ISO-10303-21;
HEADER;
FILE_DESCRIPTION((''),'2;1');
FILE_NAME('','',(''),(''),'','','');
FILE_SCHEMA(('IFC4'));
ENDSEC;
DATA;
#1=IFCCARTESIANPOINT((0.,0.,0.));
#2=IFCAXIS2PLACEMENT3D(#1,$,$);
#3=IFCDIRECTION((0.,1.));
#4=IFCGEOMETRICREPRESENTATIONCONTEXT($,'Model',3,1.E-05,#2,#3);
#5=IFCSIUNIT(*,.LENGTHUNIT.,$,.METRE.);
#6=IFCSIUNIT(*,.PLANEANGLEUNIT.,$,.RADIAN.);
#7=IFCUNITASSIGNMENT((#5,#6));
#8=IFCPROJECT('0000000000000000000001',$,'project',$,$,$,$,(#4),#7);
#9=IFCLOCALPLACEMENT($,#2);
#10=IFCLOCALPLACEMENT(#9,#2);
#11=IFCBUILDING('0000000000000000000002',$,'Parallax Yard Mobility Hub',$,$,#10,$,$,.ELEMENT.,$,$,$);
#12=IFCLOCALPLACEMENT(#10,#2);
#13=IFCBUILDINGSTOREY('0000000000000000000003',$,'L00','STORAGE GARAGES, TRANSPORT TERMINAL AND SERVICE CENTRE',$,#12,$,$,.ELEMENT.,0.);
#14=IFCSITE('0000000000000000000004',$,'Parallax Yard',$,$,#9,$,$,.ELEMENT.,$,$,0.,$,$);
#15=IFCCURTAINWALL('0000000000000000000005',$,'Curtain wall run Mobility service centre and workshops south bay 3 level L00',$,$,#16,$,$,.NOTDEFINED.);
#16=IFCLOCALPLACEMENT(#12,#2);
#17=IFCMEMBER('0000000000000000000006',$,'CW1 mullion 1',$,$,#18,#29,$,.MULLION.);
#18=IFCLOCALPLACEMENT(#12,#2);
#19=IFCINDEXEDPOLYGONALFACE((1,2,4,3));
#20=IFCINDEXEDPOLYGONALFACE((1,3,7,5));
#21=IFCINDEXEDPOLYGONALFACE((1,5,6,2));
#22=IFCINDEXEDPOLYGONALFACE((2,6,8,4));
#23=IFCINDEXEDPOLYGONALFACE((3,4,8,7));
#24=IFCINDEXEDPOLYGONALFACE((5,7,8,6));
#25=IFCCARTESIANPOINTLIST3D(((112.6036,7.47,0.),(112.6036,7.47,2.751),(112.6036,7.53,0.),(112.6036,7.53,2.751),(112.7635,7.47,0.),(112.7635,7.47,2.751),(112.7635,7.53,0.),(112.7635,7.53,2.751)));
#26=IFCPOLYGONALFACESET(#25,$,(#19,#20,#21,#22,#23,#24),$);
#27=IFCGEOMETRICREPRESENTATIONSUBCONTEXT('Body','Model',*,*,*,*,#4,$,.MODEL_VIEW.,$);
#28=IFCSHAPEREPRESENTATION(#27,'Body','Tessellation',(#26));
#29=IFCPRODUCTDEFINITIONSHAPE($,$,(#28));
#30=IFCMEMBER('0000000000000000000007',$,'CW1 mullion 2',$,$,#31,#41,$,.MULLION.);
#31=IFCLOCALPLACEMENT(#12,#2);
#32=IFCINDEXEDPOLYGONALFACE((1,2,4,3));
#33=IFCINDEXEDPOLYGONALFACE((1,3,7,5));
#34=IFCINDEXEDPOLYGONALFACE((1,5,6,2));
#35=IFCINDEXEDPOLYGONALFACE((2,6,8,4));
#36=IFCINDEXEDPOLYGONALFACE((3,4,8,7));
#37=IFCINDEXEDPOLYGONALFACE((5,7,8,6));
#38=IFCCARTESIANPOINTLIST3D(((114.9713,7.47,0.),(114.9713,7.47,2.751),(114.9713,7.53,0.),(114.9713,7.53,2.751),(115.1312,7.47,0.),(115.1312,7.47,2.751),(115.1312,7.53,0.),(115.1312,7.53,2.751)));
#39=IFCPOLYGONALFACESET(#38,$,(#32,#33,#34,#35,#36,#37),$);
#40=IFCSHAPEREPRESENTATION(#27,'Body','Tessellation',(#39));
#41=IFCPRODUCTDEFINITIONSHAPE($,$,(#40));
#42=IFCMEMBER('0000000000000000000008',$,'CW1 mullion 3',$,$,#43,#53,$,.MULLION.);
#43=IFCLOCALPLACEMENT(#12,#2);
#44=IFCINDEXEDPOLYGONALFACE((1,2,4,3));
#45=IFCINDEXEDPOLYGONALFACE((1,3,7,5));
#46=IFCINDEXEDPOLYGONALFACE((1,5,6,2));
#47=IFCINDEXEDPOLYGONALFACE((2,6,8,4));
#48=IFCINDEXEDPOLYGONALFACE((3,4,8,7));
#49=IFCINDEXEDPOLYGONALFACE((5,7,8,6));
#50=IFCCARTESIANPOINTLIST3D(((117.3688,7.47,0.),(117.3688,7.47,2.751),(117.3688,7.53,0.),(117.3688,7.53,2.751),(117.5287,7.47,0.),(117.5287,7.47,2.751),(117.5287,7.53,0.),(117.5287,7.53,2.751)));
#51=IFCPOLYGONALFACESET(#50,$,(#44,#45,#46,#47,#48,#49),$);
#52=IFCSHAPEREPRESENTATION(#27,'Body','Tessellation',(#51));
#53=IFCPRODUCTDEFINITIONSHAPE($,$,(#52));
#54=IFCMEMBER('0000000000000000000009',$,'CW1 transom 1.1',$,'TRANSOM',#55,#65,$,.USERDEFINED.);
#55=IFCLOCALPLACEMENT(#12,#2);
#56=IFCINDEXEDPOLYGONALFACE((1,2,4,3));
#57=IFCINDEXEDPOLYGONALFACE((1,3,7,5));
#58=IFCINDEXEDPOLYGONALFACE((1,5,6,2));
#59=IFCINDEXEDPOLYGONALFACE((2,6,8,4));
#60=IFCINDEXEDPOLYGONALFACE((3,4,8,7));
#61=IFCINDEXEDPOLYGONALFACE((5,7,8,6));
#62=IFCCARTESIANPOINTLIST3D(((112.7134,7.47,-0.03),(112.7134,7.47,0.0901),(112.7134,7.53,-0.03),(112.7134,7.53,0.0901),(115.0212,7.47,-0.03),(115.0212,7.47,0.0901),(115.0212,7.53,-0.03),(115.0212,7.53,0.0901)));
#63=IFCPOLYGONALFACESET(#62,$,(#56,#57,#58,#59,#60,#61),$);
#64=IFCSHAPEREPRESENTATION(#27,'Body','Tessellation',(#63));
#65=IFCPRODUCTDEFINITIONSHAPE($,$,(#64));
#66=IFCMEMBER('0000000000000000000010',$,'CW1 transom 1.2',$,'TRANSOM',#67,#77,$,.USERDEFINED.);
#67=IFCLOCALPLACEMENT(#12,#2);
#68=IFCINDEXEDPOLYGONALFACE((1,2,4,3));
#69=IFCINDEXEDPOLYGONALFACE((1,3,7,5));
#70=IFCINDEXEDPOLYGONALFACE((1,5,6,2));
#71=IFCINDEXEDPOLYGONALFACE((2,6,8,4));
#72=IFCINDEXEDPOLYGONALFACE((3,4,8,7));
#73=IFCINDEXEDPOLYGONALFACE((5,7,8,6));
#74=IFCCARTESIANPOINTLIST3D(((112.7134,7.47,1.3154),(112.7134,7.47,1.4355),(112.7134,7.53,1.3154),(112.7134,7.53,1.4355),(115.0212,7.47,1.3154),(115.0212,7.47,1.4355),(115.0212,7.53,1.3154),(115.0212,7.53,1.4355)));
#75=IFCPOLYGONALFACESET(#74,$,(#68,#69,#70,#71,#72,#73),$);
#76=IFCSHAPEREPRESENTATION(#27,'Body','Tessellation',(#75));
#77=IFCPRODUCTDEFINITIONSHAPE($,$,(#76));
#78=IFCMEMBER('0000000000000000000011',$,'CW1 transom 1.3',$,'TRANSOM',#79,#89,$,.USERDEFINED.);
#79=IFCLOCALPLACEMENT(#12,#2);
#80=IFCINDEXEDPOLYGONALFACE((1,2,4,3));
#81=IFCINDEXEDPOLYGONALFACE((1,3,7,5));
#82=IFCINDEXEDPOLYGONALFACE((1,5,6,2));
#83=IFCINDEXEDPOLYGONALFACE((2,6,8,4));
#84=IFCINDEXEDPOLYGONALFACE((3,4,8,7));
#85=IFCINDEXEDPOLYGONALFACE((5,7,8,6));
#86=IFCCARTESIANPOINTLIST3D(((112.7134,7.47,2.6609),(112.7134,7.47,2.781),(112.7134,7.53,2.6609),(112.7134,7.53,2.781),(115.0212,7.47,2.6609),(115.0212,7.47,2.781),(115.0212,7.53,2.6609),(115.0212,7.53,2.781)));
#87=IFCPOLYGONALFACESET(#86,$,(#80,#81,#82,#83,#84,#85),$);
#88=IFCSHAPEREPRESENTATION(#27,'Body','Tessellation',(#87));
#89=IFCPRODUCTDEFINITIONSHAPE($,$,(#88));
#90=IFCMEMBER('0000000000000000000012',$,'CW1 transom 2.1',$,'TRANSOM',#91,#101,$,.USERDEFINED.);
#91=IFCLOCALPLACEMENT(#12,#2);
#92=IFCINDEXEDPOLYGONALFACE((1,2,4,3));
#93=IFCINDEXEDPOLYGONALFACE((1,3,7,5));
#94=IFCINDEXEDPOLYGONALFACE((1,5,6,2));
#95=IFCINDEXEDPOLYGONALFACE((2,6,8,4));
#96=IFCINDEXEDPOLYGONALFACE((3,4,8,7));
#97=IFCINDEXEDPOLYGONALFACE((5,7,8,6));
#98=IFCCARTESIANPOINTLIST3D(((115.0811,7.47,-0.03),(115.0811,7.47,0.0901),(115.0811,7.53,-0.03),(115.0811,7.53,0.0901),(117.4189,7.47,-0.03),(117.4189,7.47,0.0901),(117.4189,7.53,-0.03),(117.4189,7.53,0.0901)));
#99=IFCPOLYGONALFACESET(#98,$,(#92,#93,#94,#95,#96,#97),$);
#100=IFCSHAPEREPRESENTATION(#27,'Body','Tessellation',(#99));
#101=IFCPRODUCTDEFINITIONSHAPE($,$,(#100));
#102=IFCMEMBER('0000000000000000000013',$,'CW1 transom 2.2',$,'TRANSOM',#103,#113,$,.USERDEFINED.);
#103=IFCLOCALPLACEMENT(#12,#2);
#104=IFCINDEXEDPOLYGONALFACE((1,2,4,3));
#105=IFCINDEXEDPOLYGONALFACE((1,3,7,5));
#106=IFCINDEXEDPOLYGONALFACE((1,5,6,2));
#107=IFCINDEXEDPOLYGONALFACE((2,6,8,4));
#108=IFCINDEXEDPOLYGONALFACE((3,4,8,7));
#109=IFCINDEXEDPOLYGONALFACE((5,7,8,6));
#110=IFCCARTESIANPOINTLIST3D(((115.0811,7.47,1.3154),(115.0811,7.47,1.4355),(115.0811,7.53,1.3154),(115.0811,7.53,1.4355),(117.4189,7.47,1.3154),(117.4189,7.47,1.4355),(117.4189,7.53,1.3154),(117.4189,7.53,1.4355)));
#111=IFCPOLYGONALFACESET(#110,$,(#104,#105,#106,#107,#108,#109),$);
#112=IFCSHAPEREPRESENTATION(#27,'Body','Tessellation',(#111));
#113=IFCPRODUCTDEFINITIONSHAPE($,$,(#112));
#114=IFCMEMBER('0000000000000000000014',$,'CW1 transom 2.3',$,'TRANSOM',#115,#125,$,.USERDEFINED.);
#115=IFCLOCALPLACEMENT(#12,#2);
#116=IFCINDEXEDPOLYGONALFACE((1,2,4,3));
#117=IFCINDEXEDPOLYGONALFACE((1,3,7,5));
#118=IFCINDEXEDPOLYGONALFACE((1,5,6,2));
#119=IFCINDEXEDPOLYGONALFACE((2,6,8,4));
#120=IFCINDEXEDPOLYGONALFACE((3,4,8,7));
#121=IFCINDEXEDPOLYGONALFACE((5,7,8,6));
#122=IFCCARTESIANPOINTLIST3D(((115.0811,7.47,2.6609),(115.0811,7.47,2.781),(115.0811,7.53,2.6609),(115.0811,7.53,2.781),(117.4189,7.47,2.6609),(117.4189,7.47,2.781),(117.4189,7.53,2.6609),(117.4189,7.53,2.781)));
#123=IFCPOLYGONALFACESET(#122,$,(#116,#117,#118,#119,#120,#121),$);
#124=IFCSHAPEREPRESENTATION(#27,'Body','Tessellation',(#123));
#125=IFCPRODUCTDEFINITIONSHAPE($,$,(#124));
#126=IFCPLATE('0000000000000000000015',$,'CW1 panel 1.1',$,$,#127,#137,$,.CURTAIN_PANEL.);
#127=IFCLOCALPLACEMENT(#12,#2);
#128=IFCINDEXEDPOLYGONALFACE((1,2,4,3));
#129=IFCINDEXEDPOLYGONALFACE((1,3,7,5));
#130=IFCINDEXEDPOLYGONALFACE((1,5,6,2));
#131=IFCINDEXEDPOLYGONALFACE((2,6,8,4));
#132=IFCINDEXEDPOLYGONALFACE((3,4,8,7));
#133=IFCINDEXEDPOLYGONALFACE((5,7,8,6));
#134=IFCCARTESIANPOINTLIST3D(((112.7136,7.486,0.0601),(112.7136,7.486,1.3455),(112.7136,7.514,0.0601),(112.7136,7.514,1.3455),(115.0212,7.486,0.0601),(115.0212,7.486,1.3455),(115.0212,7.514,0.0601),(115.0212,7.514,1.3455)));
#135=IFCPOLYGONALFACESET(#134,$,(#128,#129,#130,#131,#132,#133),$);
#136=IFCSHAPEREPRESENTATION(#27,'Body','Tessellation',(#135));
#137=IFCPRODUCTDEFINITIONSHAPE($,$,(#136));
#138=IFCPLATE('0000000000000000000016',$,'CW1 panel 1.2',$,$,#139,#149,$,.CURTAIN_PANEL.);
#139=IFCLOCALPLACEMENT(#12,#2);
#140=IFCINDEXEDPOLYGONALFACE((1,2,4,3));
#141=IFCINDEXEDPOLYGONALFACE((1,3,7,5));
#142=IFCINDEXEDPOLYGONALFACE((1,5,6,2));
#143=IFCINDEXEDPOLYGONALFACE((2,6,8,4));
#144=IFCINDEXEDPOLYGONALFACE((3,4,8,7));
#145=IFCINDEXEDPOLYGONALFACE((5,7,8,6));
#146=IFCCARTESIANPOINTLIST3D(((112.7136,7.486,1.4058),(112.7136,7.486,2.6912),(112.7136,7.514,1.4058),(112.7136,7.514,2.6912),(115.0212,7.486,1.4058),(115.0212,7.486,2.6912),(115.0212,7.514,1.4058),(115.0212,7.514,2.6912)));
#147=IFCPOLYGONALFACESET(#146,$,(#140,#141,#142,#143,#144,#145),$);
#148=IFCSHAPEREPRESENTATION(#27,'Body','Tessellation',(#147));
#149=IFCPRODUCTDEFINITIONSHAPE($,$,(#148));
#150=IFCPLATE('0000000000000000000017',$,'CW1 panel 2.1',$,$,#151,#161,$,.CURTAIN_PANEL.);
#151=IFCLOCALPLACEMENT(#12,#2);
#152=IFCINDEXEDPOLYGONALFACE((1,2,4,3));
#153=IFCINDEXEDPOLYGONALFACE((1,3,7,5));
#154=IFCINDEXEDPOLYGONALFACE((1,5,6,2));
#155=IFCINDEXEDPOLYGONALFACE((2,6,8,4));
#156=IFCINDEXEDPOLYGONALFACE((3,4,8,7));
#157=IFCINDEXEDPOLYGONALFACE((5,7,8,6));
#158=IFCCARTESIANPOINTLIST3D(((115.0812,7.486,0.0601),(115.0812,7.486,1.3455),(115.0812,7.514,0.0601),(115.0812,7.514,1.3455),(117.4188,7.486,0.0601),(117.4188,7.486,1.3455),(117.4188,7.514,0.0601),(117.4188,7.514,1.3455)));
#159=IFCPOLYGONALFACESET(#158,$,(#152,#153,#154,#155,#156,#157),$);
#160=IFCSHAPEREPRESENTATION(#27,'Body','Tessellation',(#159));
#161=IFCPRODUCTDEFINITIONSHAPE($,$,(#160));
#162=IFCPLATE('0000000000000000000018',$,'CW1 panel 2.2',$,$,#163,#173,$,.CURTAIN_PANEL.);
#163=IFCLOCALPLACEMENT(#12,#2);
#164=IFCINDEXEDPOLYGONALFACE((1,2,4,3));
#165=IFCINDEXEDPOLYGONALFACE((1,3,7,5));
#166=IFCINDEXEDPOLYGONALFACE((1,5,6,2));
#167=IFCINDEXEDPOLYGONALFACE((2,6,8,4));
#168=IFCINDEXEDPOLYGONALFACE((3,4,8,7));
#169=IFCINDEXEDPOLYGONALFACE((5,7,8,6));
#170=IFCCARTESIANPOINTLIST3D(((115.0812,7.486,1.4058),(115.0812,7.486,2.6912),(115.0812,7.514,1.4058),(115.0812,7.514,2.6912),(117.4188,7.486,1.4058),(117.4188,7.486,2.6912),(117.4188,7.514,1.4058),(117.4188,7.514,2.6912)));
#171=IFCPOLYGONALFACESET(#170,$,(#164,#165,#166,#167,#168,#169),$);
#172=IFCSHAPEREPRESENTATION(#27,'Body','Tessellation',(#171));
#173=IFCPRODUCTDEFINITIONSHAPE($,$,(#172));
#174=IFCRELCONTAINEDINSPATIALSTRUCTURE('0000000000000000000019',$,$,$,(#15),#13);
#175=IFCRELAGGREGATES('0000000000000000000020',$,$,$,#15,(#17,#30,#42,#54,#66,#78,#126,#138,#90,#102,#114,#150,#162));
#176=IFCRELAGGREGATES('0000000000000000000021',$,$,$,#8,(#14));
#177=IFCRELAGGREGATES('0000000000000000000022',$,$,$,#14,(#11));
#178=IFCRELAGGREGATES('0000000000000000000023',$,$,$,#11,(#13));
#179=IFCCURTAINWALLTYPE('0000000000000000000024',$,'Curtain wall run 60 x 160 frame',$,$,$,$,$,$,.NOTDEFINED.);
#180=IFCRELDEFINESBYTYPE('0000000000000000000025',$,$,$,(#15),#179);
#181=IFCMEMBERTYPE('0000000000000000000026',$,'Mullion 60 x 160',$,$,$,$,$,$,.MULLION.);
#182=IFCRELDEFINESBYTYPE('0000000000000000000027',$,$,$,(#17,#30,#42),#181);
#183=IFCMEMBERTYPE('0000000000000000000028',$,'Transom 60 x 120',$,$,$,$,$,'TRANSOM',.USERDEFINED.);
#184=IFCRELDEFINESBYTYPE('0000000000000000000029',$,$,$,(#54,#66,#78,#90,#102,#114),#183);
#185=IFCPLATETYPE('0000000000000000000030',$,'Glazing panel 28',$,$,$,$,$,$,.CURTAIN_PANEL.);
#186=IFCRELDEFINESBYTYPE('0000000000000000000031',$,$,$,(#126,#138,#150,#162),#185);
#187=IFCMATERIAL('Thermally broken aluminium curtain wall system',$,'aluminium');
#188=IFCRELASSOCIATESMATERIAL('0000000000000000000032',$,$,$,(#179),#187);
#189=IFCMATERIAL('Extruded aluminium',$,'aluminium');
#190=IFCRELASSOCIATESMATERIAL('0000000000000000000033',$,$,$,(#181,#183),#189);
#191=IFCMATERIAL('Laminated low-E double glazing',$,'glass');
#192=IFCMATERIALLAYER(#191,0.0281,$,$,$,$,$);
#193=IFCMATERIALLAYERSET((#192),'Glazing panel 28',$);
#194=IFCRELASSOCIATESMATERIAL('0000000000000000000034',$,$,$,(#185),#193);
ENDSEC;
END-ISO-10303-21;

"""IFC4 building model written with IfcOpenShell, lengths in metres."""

from ifc_helpers import new_model, si_unit, direction, frame, origin, origin_2d, place, context, subcontext, project, spatial, rectangle, extrude, material, layer, layer_set, material_profile, profile_set, type_object, element, aggregate, save


model = new_model("IFC4")

# Units and contexts
model_context = context("Model", 3, precision=1e-05, world=origin(), true_north=direction((0.0, 1.0)))
body_context = subcontext(model_context, "Body", "Model", "MODEL_VIEW")
ifc_project = project(units=[si_unit("LENGTHUNIT", "METRE"), si_unit("PLANEANGLEUNIT", "RADIAN")], contexts=[model_context])

# Site, building, storey
site_placement = place(None, origin())
site = spatial("IfcSite", under=ifc_project, at=site_placement, Name="Parallax Yard", CompositionType="ELEMENT", RefElevation=0.0)
building_placement = place(site_placement, origin())
building = spatial("IfcBuilding", under=site, at=building_placement, Name="Parallax Yard Mobility Hub", CompositionType="ELEMENT")
storey_placement = place(building_placement, origin())
storey = spatial("IfcBuildingStorey", under=building, at=storey_placement, Name="L00", Description="STORAGE GARAGES, TRANSPORT TERMINAL AND SERVICE CENTRE", CompositionType="ELEMENT", Elevation=0.0)

# Curtain wall, members, plates
ifc_material_1 = material(Name="Thermally broken aluminium curtain wall system", Category="aluminium")
curtain_wall_type = type_object("IfcCurtainWallType", Name="Curtain wall run 60 x 160 frame", PredefinedType="NOTDEFINED", material=ifc_material_1)
curtain_wall_placement = place(storey_placement, origin())
curtain_wall = element("IfcCurtainWall", 1, at=curtain_wall_placement, inside=storey, type_object=curtain_wall_type, Name="Curtain wall run Mobility service centre and workshops south bay 3 level L00", PredefinedType="NOTDEFINED")
ifc_material_2 = material(Name="Extruded aluminium", Category="aluminium")
ifc_material_profile_1 = material_profile(ifc_material_2, rectangle(XDim=0.0601, YDim=0.1599, at=origin_2d()), Name="Mullion 60 x 160")
ifc_profile_set_1 = profile_set([ifc_material_profile_1], Name="Extruded aluminium")
member_type_1 = type_object("IfcMemberType", Name="Mullion 60 x 160", PredefinedType="MULLION", material=ifc_profile_set_1)
member_1_placement = place(storey_placement, frame((112.6836, 7.5, 0.0), z_axis=(0.0, 0.0, 1.0), x_axis=(0.0, 1.0, 0.0)))
member_1 = element("IfcMember", 2, at=member_1_placement, type_object=member_type_1, Name="CW1 mullion 1", PredefinedType="MULLION", context=body_context, shape_type="SweptSolid", body=[
    extrude(rectangle(XDim=0.0601, YDim=0.1599, at=origin_2d()), origin(), (0.0, 0.0, 1.0), 2.751),
])
member_2_placement = place(storey_placement, frame((115.0513, 7.5, 0.0), z_axis=(0.0, 0.0, 1.0), x_axis=(0.0, 1.0, 0.0)))
member_2 = element("IfcMember", 3, at=member_2_placement, type_object=member_type_1, Name="CW1 mullion 2", PredefinedType="MULLION", context=body_context, shape_type="SweptSolid", body=[
    extrude(rectangle(XDim=0.0601, YDim=0.1599, at=origin_2d()), origin(), (0.0, 0.0, 1.0), 2.751),
])
member_3_placement = place(storey_placement, frame((117.4487, 7.5, 0.0), z_axis=(0.0, 0.0, 1.0), x_axis=(0.0, 1.0, 0.0)))
member_3 = element("IfcMember", 4, at=member_3_placement, type_object=member_type_1, Name="CW1 mullion 3", PredefinedType="MULLION", context=body_context, shape_type="SweptSolid", body=[
    extrude(rectangle(XDim=0.0601, YDim=0.1599, at=origin_2d()), origin(), (0.0, 0.0, 1.0), 2.751),
])
ifc_material_profile_2 = material_profile(ifc_material_2, rectangle(XDim=0.0601, YDim=0.1201, at=origin_2d()), Name="Transom 60 x 120")
ifc_profile_set_2 = profile_set([ifc_material_profile_2], Name="Extruded aluminium")
member_type_2 = type_object("IfcMemberType", Name="Transom 60 x 120", ElementType="TRANSOM", PredefinedType="USERDEFINED", material=ifc_profile_set_2)
member_4_placement = place(storey_placement, frame((112.7134, 7.5, 0.03), z_axis=(1.0, 0.0, 0.0), x_axis=(0.0, 1.0, 0.0)))
member_4 = element("IfcMember", 5, at=member_4_placement, type_object=member_type_2, Name="CW1 transom 1.1", ObjectType="TRANSOM", PredefinedType="USERDEFINED", context=body_context, shape_type="SweptSolid", body=[
    extrude(rectangle(XDim=0.0601, YDim=0.1201, at=origin_2d()), origin(), (0.0, 0.0, 1.0), 2.3079),
])
member_5_placement = place(storey_placement, frame((112.7134, 7.5, 1.3755), z_axis=(1.0, 0.0, 0.0), x_axis=(0.0, 1.0, 0.0)))
member_5 = element("IfcMember", 6, at=member_5_placement, type_object=member_type_2, Name="CW1 transom 1.2", ObjectType="TRANSOM", PredefinedType="USERDEFINED", context=body_context, shape_type="SweptSolid", body=[
    extrude(rectangle(XDim=0.0601, YDim=0.1201, at=origin_2d()), origin(), (0.0, 0.0, 1.0), 2.3079),
])
member_6_placement = place(storey_placement, frame((112.7134, 7.5, 2.7209), z_axis=(1.0, 0.0, 0.0), x_axis=(0.0, 1.0, 0.0)))
member_6 = element("IfcMember", 7, at=member_6_placement, type_object=member_type_2, Name="CW1 transom 1.3", ObjectType="TRANSOM", PredefinedType="USERDEFINED", context=body_context, shape_type="SweptSolid", body=[
    extrude(rectangle(XDim=0.0601, YDim=0.1201, at=origin_2d()), origin(), (0.0, 0.0, 1.0), 2.3079),
])
member_7_placement = place(storey_placement, frame((115.0811, 7.5, 0.03), z_axis=(1.0, 0.0, 0.0), x_axis=(0.0, 1.0, 0.0)))
member_7 = element("IfcMember", 8, at=member_7_placement, type_object=member_type_2, Name="CW1 transom 2.1", ObjectType="TRANSOM", PredefinedType="USERDEFINED", context=body_context, shape_type="SweptSolid", body=[
    extrude(rectangle(XDim=0.0601, YDim=0.1201, at=origin_2d()), origin(), (0.0, 0.0, 1.0), 2.3379),
])
member_8_placement = place(storey_placement, frame((115.0811, 7.5, 1.3755), z_axis=(1.0, 0.0, 0.0), x_axis=(0.0, 1.0, 0.0)))
member_8 = element("IfcMember", 9, at=member_8_placement, type_object=member_type_2, Name="CW1 transom 2.2", ObjectType="TRANSOM", PredefinedType="USERDEFINED", context=body_context, shape_type="SweptSolid", body=[
    extrude(rectangle(XDim=0.0601, YDim=0.1201, at=origin_2d()), origin(), (0.0, 0.0, 1.0), 2.3379),
])
member_9_placement = place(storey_placement, frame((115.0811, 7.5, 2.7209), z_axis=(1.0, 0.0, 0.0), x_axis=(0.0, 1.0, 0.0)))
member_9 = element("IfcMember", 10, at=member_9_placement, type_object=member_type_2, Name="CW1 transom 2.3", ObjectType="TRANSOM", PredefinedType="USERDEFINED", context=body_context, shape_type="SweptSolid", body=[
    extrude(rectangle(XDim=0.0601, YDim=0.1201, at=origin_2d()), origin(), (0.0, 0.0, 1.0), 2.3379),
])
ifc_material_3 = material(Name="Laminated low-E double glazing", Category="glass")
ifc_layer = layer(ifc_material_3, 0.0281)
ifc_layer_set = layer_set([ifc_layer], Name="Glazing panel 28")
plate_type = type_object("IfcPlateType", Name="Glazing panel 28", PredefinedType="CURTAIN_PANEL", material=ifc_layer_set)
plate_1_placement = place(storey_placement, frame((113.8674, 7.5, 0.0601), z_axis=(0.0, 0.0, 1.0), x_axis=(1.0, 0.0, 0.0)))
plate_1 = element("IfcPlate", 11, at=plate_1_placement, type_object=plate_type, Name="CW1 panel 1.1", PredefinedType="CURTAIN_PANEL", context=body_context, shape_type="SweptSolid", body=[
    extrude(rectangle(XDim=2.3076, YDim=0.0281, at=origin_2d()), origin(), (0.0, 0.0, 1.0), 1.2854),
])
plate_2_placement = place(storey_placement, frame((113.8674, 7.5, 1.4058), z_axis=(0.0, 0.0, 1.0), x_axis=(1.0, 0.0, 0.0)))
plate_2 = element("IfcPlate", 12, at=plate_2_placement, type_object=plate_type, Name="CW1 panel 1.2", PredefinedType="CURTAIN_PANEL", context=body_context, shape_type="SweptSolid", body=[
    extrude(rectangle(XDim=2.3076, YDim=0.0281, at=origin_2d()), origin(), (0.0, 0.0, 1.0), 1.2854),
])
plate_3_placement = place(storey_placement, frame((116.25, 7.5, 0.0601), z_axis=(0.0, 0.0, 1.0), x_axis=(1.0, 0.0, 0.0)))
plate_3 = element("IfcPlate", 13, at=plate_3_placement, type_object=plate_type, Name="CW1 panel 2.1", PredefinedType="CURTAIN_PANEL", context=body_context, shape_type="SweptSolid", body=[
    extrude(rectangle(XDim=2.3376, YDim=0.0281, at=origin_2d()), origin(), (0.0, 0.0, 1.0), 1.2854),
])
plate_4_placement = place(storey_placement, frame((116.25, 7.5, 1.4058), z_axis=(0.0, 0.0, 1.0), x_axis=(1.0, 0.0, 0.0)))
plate_4 = element("IfcPlate", 14, at=plate_4_placement, type_object=plate_type, Name="CW1 panel 2.2", PredefinedType="CURTAIN_PANEL", context=body_context, shape_type="SweptSolid", body=[
    extrude(rectangle(XDim=2.3376, YDim=0.0281, at=origin_2d()), origin(), (0.0, 0.0, 1.0), 1.2854),
])
aggregate(curtain_wall, [member_1, member_2, member_3, member_4, member_5, member_6, plate_1, plate_2, member_7, member_8, member_9, plate_3, plate_4])

save(model, "model.ifc")
